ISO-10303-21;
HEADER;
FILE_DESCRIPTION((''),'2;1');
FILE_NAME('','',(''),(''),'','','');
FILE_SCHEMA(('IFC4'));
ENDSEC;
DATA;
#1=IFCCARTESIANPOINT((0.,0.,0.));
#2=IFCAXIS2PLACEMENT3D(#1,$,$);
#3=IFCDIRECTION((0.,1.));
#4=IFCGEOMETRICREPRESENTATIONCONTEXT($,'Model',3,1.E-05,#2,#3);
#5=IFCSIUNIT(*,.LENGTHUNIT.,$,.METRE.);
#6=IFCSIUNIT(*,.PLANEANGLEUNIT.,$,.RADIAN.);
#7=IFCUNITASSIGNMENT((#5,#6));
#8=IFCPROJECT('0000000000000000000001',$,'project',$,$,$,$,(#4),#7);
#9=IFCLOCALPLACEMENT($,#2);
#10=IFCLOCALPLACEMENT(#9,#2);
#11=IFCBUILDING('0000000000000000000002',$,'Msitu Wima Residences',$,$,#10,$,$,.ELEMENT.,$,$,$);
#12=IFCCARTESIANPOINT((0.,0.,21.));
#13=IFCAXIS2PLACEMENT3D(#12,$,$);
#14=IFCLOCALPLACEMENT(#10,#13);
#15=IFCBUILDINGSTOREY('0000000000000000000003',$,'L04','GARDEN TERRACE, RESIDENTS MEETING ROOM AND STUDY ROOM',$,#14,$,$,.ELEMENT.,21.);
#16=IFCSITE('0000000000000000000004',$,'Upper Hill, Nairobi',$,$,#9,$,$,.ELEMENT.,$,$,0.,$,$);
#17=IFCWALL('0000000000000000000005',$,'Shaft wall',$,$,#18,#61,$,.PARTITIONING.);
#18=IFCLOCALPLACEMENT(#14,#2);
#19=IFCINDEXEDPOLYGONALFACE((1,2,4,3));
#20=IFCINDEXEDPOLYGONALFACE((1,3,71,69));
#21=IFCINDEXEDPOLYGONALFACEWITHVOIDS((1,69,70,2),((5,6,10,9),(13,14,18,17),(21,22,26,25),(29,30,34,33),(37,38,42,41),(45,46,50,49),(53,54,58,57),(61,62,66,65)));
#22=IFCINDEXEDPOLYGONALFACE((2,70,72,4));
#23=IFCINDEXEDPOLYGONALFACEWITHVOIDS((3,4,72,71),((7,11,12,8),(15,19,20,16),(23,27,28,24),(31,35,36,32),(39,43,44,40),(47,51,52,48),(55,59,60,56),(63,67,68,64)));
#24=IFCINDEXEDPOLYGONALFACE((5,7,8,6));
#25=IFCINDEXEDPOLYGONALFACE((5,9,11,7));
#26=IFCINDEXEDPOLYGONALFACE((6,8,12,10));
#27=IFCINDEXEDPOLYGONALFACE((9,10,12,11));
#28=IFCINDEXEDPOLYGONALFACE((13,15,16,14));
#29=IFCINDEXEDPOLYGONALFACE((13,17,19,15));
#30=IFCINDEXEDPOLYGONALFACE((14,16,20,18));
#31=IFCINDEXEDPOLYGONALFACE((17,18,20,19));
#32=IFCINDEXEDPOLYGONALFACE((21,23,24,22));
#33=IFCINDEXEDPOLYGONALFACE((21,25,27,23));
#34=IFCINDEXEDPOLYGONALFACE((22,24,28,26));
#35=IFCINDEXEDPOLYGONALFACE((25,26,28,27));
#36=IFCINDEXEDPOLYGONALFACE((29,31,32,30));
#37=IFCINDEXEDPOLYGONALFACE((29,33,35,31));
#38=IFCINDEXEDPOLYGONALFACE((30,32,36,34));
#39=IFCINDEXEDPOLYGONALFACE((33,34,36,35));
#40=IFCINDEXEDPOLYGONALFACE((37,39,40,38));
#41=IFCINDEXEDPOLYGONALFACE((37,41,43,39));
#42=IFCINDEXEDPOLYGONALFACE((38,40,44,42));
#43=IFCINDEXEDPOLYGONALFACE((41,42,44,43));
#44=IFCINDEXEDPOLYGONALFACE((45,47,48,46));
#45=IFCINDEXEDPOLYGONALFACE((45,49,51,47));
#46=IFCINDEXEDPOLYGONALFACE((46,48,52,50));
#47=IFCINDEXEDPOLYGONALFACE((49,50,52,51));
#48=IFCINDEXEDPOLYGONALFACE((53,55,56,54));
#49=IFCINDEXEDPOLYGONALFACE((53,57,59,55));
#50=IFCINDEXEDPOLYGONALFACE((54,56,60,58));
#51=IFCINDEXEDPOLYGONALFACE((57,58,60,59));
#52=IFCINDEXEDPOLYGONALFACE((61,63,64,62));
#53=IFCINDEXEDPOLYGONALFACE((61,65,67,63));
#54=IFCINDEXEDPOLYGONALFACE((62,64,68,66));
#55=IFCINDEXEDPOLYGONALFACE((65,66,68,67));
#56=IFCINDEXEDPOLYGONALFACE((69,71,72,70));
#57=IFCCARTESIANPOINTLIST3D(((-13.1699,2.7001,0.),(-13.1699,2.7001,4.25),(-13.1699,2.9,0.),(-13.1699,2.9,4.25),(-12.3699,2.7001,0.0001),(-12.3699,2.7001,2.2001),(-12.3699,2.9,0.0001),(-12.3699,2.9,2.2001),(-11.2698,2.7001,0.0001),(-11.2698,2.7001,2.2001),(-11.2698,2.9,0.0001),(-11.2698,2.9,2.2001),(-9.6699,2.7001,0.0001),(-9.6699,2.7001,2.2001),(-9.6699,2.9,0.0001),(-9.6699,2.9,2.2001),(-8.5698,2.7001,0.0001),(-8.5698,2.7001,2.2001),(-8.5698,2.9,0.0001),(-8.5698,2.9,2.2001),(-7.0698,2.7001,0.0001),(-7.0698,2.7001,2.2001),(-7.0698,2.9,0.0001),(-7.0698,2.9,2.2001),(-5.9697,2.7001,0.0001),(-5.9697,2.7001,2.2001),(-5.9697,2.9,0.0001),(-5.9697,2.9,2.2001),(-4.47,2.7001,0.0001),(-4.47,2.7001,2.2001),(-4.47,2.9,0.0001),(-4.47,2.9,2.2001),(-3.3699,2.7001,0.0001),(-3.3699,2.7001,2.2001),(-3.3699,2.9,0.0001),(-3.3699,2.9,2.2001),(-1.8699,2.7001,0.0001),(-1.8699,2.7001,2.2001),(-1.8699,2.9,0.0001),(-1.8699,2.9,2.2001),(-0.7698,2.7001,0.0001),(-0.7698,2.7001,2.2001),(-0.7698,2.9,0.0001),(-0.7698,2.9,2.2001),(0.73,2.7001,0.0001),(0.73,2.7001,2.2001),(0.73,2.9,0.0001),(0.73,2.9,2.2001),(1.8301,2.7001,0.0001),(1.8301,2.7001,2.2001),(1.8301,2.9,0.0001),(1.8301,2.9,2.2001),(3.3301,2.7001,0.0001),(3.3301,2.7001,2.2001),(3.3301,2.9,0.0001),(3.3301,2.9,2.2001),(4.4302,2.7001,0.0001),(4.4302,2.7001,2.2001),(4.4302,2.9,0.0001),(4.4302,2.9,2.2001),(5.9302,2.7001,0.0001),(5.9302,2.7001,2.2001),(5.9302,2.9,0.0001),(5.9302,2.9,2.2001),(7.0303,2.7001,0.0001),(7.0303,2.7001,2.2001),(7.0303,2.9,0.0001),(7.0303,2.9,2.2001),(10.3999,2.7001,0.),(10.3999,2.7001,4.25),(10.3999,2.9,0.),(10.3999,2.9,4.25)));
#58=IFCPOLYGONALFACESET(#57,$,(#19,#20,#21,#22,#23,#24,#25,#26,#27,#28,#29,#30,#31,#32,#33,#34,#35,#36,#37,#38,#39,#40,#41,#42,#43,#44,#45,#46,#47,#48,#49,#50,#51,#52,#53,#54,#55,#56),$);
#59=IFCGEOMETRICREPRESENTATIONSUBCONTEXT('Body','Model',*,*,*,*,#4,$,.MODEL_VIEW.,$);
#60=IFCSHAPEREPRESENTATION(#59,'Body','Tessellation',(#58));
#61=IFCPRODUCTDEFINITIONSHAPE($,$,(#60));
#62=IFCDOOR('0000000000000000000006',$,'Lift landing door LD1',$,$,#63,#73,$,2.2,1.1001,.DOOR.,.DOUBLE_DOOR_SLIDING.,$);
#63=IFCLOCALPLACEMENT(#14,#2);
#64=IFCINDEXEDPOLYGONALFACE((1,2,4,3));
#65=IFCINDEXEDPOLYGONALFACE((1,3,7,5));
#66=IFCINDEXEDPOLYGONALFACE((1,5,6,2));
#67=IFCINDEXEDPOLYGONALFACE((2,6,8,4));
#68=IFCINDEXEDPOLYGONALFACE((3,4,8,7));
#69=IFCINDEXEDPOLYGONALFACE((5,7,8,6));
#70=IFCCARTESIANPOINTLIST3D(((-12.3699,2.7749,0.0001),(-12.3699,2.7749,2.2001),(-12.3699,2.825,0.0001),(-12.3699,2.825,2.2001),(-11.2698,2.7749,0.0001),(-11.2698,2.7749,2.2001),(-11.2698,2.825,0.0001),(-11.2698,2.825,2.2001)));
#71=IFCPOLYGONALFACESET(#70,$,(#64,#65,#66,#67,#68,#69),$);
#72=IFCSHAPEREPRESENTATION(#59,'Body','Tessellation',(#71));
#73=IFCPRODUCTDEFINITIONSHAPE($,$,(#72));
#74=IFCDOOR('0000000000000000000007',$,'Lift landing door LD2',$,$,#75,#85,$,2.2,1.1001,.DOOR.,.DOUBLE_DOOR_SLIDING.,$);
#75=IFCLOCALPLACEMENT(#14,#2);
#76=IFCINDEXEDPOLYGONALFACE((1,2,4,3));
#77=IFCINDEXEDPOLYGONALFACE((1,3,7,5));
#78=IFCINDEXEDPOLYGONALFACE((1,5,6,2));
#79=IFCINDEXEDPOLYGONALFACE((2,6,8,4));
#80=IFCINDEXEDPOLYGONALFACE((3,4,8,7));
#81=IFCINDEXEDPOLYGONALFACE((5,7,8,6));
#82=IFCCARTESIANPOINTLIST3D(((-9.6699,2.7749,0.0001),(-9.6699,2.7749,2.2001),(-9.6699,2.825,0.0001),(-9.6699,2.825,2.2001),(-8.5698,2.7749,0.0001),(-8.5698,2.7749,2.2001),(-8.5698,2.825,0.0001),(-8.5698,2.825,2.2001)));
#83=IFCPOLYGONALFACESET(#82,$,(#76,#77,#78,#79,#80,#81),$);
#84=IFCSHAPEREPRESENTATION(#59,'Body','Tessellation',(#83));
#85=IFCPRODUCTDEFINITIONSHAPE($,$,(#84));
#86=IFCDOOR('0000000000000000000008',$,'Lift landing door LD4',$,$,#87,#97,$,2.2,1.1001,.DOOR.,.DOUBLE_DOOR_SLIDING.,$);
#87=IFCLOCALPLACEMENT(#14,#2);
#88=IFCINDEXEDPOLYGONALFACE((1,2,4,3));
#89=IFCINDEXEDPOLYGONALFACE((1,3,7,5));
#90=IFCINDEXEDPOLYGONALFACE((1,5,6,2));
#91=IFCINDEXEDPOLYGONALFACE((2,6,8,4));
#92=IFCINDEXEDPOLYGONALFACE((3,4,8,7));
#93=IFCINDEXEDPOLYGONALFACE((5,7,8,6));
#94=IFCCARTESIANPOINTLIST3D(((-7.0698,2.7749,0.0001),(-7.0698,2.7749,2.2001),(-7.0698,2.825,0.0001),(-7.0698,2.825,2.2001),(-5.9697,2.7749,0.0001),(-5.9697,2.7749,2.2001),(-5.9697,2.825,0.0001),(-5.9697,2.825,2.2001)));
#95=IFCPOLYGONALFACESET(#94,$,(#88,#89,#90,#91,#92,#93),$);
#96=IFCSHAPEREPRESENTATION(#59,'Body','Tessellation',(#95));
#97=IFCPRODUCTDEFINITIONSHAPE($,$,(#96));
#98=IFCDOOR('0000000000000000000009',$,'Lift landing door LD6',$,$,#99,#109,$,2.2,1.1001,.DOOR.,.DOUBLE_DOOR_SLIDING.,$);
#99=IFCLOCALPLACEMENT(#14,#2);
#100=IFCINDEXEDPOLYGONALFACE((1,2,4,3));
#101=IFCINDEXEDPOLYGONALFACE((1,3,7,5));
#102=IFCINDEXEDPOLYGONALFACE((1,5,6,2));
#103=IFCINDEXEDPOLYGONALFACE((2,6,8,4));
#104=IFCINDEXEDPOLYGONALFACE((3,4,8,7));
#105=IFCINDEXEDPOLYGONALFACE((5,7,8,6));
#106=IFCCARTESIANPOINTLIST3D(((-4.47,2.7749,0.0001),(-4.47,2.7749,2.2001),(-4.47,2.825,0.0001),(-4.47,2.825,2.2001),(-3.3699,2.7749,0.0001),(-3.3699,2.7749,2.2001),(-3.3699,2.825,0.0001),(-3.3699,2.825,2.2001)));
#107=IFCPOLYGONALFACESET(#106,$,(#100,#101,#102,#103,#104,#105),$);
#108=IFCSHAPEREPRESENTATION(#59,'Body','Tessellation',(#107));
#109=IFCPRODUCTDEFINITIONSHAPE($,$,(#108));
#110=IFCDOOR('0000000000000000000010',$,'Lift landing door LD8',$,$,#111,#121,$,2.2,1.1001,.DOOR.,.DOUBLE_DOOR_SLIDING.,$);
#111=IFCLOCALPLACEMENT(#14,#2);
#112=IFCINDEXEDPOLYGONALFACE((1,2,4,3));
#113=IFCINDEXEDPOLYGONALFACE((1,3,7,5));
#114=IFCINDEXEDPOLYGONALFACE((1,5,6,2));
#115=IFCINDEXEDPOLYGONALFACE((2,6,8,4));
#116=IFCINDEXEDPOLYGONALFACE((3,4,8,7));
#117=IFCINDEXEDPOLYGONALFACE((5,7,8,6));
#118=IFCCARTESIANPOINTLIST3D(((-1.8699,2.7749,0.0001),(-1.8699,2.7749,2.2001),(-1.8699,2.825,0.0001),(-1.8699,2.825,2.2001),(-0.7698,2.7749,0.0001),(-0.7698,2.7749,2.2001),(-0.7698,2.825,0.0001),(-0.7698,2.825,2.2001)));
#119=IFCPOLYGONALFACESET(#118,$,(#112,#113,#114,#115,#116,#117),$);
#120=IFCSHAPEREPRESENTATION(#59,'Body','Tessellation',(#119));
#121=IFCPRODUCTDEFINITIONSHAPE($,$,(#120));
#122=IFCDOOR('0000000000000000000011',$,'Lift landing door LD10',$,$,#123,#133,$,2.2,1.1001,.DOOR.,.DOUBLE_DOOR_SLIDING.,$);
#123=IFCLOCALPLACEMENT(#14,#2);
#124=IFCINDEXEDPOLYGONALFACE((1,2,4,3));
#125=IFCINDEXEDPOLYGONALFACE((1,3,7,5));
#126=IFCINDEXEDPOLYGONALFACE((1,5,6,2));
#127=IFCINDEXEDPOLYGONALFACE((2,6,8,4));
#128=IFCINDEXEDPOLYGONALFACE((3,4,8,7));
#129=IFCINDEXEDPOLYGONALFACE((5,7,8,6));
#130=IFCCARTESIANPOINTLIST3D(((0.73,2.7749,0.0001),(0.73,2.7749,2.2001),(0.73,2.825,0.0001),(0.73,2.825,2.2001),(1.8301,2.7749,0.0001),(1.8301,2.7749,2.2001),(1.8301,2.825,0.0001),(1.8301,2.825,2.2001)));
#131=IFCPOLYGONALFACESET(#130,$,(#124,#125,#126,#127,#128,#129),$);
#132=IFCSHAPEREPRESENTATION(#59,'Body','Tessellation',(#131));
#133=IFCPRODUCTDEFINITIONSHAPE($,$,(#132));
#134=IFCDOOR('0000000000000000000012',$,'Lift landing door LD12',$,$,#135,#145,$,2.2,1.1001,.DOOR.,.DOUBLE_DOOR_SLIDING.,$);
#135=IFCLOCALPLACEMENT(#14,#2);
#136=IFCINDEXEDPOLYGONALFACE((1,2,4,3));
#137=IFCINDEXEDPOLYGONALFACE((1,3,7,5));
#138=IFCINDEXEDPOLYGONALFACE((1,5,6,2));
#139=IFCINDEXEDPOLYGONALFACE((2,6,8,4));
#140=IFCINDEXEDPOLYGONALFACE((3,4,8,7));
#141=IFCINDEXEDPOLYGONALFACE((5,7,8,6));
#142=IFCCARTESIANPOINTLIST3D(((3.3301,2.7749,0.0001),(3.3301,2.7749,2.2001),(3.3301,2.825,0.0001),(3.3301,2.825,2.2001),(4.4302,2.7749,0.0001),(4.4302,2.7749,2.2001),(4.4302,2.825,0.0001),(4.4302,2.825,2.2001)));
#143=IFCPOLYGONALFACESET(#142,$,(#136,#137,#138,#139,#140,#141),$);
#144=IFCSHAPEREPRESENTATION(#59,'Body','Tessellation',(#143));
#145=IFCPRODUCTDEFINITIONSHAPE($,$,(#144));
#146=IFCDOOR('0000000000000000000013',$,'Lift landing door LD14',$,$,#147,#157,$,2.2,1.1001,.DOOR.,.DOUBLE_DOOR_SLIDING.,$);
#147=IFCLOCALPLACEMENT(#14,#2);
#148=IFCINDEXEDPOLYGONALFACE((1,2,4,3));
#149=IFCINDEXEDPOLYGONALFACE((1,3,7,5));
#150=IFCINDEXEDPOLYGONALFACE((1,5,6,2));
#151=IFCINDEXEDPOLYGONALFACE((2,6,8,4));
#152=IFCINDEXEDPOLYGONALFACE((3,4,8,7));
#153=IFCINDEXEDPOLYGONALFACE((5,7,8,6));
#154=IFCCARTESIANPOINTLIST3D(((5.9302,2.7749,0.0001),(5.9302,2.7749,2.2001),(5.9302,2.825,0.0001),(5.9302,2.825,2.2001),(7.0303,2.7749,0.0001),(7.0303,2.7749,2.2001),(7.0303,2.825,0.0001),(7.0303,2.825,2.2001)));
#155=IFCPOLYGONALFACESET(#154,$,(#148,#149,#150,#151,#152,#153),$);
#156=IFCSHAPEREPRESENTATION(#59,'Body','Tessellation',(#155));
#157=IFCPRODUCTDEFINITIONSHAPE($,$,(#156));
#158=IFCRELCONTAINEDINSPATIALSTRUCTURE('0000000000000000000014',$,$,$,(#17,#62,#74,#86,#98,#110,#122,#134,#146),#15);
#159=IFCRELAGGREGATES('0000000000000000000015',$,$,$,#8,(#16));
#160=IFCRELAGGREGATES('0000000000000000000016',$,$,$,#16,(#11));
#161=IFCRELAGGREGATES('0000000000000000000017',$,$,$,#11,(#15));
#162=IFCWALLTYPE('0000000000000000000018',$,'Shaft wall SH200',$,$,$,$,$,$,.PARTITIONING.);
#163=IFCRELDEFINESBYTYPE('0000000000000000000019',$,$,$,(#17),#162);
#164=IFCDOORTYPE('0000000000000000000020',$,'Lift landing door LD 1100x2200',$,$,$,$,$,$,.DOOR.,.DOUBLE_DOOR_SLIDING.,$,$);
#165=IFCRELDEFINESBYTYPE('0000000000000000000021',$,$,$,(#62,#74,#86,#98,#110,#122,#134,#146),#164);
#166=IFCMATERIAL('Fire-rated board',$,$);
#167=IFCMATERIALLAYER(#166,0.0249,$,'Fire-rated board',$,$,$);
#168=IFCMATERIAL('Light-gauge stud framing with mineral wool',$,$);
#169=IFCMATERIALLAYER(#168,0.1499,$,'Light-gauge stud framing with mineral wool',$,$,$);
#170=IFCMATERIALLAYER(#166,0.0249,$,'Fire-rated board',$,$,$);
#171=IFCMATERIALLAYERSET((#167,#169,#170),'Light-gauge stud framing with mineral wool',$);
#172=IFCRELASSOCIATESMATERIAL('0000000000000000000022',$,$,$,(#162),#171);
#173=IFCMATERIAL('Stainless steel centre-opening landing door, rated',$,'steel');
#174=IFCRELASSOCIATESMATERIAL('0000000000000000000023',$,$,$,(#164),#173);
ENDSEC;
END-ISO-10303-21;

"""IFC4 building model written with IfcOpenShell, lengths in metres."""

from ifc_helpers import new_model, si_unit, direction, frame, frame_2d, origin, place, context, subcontext, project, spatial, rectangle, extrude, material, layer, layer_set, type_object, element, fill, save


model = new_model("IFC4")

# Units and contexts
model_context = context("Model", 3, precision=1e-05, world=origin(), true_north=direction((0.0, 1.0)))
body_context = subcontext(model_context, "Body", "Model", "MODEL_VIEW")
ifc_project = project(units=[si_unit("LENGTHUNIT", "METRE"), si_unit("PLANEANGLEUNIT", "RADIAN")], contexts=[model_context])

# Site, building, storey
site_placement = place(None, origin())
site = spatial("IfcSite", under=ifc_project, at=site_placement, Name="Upper Hill, Nairobi", CompositionType="ELEMENT", RefElevation=0.0)
building_placement = place(site_placement, origin())
building = spatial("IfcBuilding", under=site, at=building_placement, Name="Msitu Wima Residences", CompositionType="ELEMENT")
storey_placement = place(building_placement, frame((0.0, 0.0, 21.0)))
storey = spatial("IfcBuildingStorey", under=building, at=storey_placement, Name="L04", Description="GARDEN TERRACE, RESIDENTS MEETING ROOM AND STUDY ROOM", CompositionType="ELEMENT", Elevation=21.0)

# Shared definitions
ifc_material_1 = material(Name="Fire-rated board")
ifc_layer_1 = layer(ifc_material_1, 0.0249, Name="Fire-rated board")
ifc_material_2 = material(Name="Light-gauge stud framing with mineral wool")
ifc_layer_2 = layer(ifc_material_2, 0.1499, Name="Light-gauge stud framing with mineral wool")
ifc_layer_3 = layer(ifc_material_1, 0.0249, Name="Fire-rated board")
ifc_layer_set_1 = layer_set([ifc_layer_1, ifc_layer_2, ifc_layer_3], Name="Light-gauge stud framing with mineral wool")
wall_type_1 = type_object("IfcWallType", Name="Shaft wall SH200", PredefinedType="PARTITIONING", material=ifc_layer_set_1)

# Wall, openings, doors
wall_1_placement = place(storey_placement, frame((-13.1699, 2.8, 0.0), z_axis=(0.0, 0.0, 1.0), x_axis=(1.0, 0.0, 0.0)))
wall_1 = element("IfcWall", 1, at=wall_1_placement, inside=storey, type_object=wall_type_1, Name="Shaft wall", PredefinedType="PARTITIONING", context=body_context, shape_type="SweptSolid", body=[
    extrude(rectangle(XDim=23.5698, YDim=0.2, at=frame_2d((11.7849, 0.0))), origin(), (0.0, 0.0, 1.0), 4.25),
])
opening_1_placement = place(wall_1_placement, frame((0.8, 0.0, 0.0)))
opening_1 = element("IfcOpeningElement", 2, at=opening_1_placement, cuts=wall_1, PredefinedType="OPENING", context=body_context, shape_type="SweptSolid", body=[
    extrude(rectangle(XDim=1.1001, YDim=2.2, at=frame_2d((0.55, 1.1001))), frame((0.0, 0.1099, 0.0), z_axis=(0.0, -1.0, 0.0), x_axis=(1.0, 0.0, 0.0)), (0.0, 0.0, 1.0), 0.22),
])
opening_2_placement = place(wall_1_placement, frame((3.5, 0.0, 0.0)))
opening_2 = element("IfcOpeningElement", 3, at=opening_2_placement, cuts=wall_1, PredefinedType="OPENING", context=body_context, shape_type="SweptSolid", body=[
    extrude(rectangle(XDim=1.1001, YDim=2.2, at=frame_2d((0.55, 1.1001))), frame((0.0, 0.1099, 0.0), z_axis=(0.0, -1.0, 0.0), x_axis=(1.0, 0.0, 0.0)), (0.0, 0.0, 1.0), 0.22),
])
opening_3_placement = place(wall_1_placement, frame((6.1001, 0.0, 0.0)))
opening_3 = element("IfcOpeningElement", 4, at=opening_3_placement, cuts=wall_1, PredefinedType="OPENING", context=body_context, shape_type="SweptSolid", body=[
    extrude(rectangle(XDim=1.1001, YDim=2.2, at=frame_2d((0.55, 1.1001))), frame((0.0, 0.1099, 0.0), z_axis=(0.0, -1.0, 0.0), x_axis=(1.0, 0.0, 0.0)), (0.0, 0.0, 1.0), 0.22),
])
opening_4_placement = place(wall_1_placement, frame((8.7, 0.0, 0.0)))
opening_4 = element("IfcOpeningElement", 5, at=opening_4_placement, cuts=wall_1, PredefinedType="OPENING", context=body_context, shape_type="SweptSolid", body=[
    extrude(rectangle(XDim=1.1001, YDim=2.2, at=frame_2d((0.55, 1.1001))), frame((0.0, 0.1099, 0.0), z_axis=(0.0, -1.0, 0.0), x_axis=(1.0, 0.0, 0.0)), (0.0, 0.0, 1.0), 0.22),
])
opening_5_placement = place(wall_1_placement, frame((11.3, 0.0, 0.0)))
opening_5 = element("IfcOpeningElement", 6, at=opening_5_placement, cuts=wall_1, PredefinedType="OPENING", context=body_context, shape_type="SweptSolid", body=[
    extrude(rectangle(XDim=1.1001, YDim=2.2, at=frame_2d((0.55, 1.1001))), frame((0.0, 0.1099, 0.0), z_axis=(0.0, -1.0, 0.0), x_axis=(1.0, 0.0, 0.0)), (0.0, 0.0, 1.0), 0.22),
])
opening_6_placement = place(wall_1_placement, frame((13.8999, 0.0, 0.0)))
opening_6 = element("IfcOpeningElement", 7, at=opening_6_placement, cuts=wall_1, PredefinedType="OPENING", context=body_context, shape_type="SweptSolid", body=[
    extrude(rectangle(XDim=1.1001, YDim=2.2, at=frame_2d((0.55, 1.1001))), frame((0.0, 0.1099, 0.0), z_axis=(0.0, -1.0, 0.0), x_axis=(1.0, 0.0, 0.0)), (0.0, 0.0, 1.0), 0.22),
])
opening_7_placement = place(wall_1_placement, frame((16.5, 0.0, 0.0)))
opening_7 = element("IfcOpeningElement", 8, at=opening_7_placement, cuts=wall_1, PredefinedType="OPENING", context=body_context, shape_type="SweptSolid", body=[
    extrude(rectangle(XDim=1.1001, YDim=2.2, at=frame_2d((0.55, 1.1001))), frame((0.0, 0.1099, 0.0), z_axis=(0.0, -1.0, 0.0), x_axis=(1.0, 0.0, 0.0)), (0.0, 0.0, 1.0), 0.22),
])
opening_8_placement = place(wall_1_placement, frame((19.1001, 0.0, 0.0)))
opening_8 = element("IfcOpeningElement", 9, at=opening_8_placement, cuts=wall_1, PredefinedType="OPENING", context=body_context, shape_type="SweptSolid", body=[
    extrude(rectangle(XDim=1.1001, YDim=2.2, at=frame_2d((0.55, 1.1001))), frame((0.0, 0.1099, 0.0), z_axis=(0.0, -1.0, 0.0), x_axis=(1.0, 0.0, 0.0)), (0.0, 0.0, 1.0), 0.22),
])
ifc_material_3 = material(Name="Stainless steel centre-opening landing door, rated", Category="steel")
door_type_1 = type_object("IfcDoorType", Name="Lift landing door LD 1100x2200", OperationType="DOUBLE_DOOR_SLIDING", PredefinedType="DOOR", material=ifc_material_3)
door_1_placement = place(opening_1_placement, origin())
door_1 = element("IfcDoor", 10, at=door_1_placement, inside=storey, type_object=door_type_1, Name="Lift landing door LD1", OperationType="DOUBLE_DOOR_SLIDING", OverallHeight=2.2, OverallWidth=1.1001, PredefinedType="DOOR", context=body_context, shape_type="SweptSolid", body=[
    extrude(rectangle(XDim=1.1001, YDim=2.2, at=frame_2d((0.55, 1.1001))), frame((0.0, 0.0249, 0.0), z_axis=(0.0, -1.0, 0.0), x_axis=(1.0, 0.0, 0.0)), (0.0, 0.0, 1.0), 0.05),
])
fill(opening_1, door_1)
door_2_placement = place(opening_2_placement, origin())
door_2 = element("IfcDoor", 11, at=door_2_placement, inside=storey, type_object=door_type_1, Name="Lift landing door LD2", OperationType="DOUBLE_DOOR_SLIDING", OverallHeight=2.2, OverallWidth=1.1001, PredefinedType="DOOR", context=body_context, shape_type="SweptSolid", body=[
    extrude(rectangle(XDim=1.1001, YDim=2.2, at=frame_2d((0.55, 1.1001))), frame((0.0, 0.0249, 0.0), z_axis=(0.0, -1.0, 0.0), x_axis=(1.0, 0.0, 0.0)), (0.0, 0.0, 1.0), 0.05),
])
fill(opening_2, door_2)
door_3_placement = place(opening_3_placement, origin())
door_3 = element("IfcDoor", 12, at=door_3_placement, inside=storey, type_object=door_type_1, Name="Lift landing door LD4", OperationType="DOUBLE_DOOR_SLIDING", OverallHeight=2.2, OverallWidth=1.1001, PredefinedType="DOOR", context=body_context, shape_type="SweptSolid", body=[
    extrude(rectangle(XDim=1.1001, YDim=2.2, at=frame_2d((0.55, 1.1001))), frame((0.0, 0.0249, 0.0), z_axis=(0.0, -1.0, 0.0), x_axis=(1.0, 0.0, 0.0)), (0.0, 0.0, 1.0), 0.05),
])
fill(opening_3, door_3)
door_4_placement = place(opening_4_placement, origin())
door_4 = element("IfcDoor", 13, at=door_4_placement, inside=storey, type_object=door_type_1, Name="Lift landing door LD6", OperationType="DOUBLE_DOOR_SLIDING", OverallHeight=2.2, OverallWidth=1.1001, PredefinedType="DOOR", context=body_context, shape_type="SweptSolid", body=[
    extrude(rectangle(XDim=1.1001, YDim=2.2, at=frame_2d((0.55, 1.1001))), frame((0.0, 0.0249, 0.0), z_axis=(0.0, -1.0, 0.0), x_axis=(1.0, 0.0, 0.0)), (0.0, 0.0, 1.0), 0.05),
])
fill(opening_4, door_4)
door_5_placement = place(opening_5_placement, origin())
door_5 = element("IfcDoor", 14, at=door_5_placement, inside=storey, type_object=door_type_1, Name="Lift landing door LD8", OperationType="DOUBLE_DOOR_SLIDING", OverallHeight=2.2, OverallWidth=1.1001, PredefinedType="DOOR", context=body_context, shape_type="SweptSolid", body=[
    extrude(rectangle(XDim=1.1001, YDim=2.2, at=frame_2d((0.55, 1.1001))), frame((0.0, 0.0249, 0.0), z_axis=(0.0, -1.0, 0.0), x_axis=(1.0, 0.0, 0.0)), (0.0, 0.0, 1.0), 0.05),
])
fill(opening_5, door_5)
door_6_placement = place(opening_6_placement, origin())
door_6 = element("IfcDoor", 15, at=door_6_placement, inside=storey, type_object=door_type_1, Name="Lift landing door LD10", OperationType="DOUBLE_DOOR_SLIDING", OverallHeight=2.2, OverallWidth=1.1001, PredefinedType="DOOR", context=body_context, shape_type="SweptSolid", body=[
    extrude(rectangle(XDim=1.1001, YDim=2.2, at=frame_2d((0.55, 1.1001))), frame((0.0, 0.0249, 0.0), z_axis=(0.0, -1.0, 0.0), x_axis=(1.0, 0.0, 0.0)), (0.0, 0.0, 1.0), 0.05),
])
fill(opening_6, door_6)
door_7_placement = place(opening_7_placement, origin())
door_7 = element("IfcDoor", 16, at=door_7_placement, inside=storey, type_object=door_type_1, Name="Lift landing door LD12", OperationType="DOUBLE_DOOR_SLIDING", OverallHeight=2.2, OverallWidth=1.1001, PredefinedType="DOOR", context=body_context, shape_type="SweptSolid", body=[
    extrude(rectangle(XDim=1.1001, YDim=2.2, at=frame_2d((0.55, 1.1001))), frame((0.0, 0.0249, 0.0), z_axis=(0.0, -1.0, 0.0), x_axis=(1.0, 0.0, 0.0)), (0.0, 0.0, 1.0), 0.05),
])
fill(opening_7, door_7)
door_8_placement = place(opening_8_placement, origin())
door_8 = element("IfcDoor", 17, at=door_8_placement, inside=storey, type_object=door_type_1, Name="Lift landing door LD14", OperationType="DOUBLE_DOOR_SLIDING", OverallHeight=2.2, OverallWidth=1.1001, PredefinedType="DOOR", context=body_context, shape_type="SweptSolid", body=[
    extrude(rectangle(XDim=1.1001, YDim=2.2, at=frame_2d((0.55, 1.1001))), frame((0.0, 0.0249, 0.0), z_axis=(0.0, -1.0, 0.0), x_axis=(1.0, 0.0, 0.0)), (0.0, 0.0, 1.0), 0.05),
])
fill(opening_8, door_8)

save(model, "model.ifc")
